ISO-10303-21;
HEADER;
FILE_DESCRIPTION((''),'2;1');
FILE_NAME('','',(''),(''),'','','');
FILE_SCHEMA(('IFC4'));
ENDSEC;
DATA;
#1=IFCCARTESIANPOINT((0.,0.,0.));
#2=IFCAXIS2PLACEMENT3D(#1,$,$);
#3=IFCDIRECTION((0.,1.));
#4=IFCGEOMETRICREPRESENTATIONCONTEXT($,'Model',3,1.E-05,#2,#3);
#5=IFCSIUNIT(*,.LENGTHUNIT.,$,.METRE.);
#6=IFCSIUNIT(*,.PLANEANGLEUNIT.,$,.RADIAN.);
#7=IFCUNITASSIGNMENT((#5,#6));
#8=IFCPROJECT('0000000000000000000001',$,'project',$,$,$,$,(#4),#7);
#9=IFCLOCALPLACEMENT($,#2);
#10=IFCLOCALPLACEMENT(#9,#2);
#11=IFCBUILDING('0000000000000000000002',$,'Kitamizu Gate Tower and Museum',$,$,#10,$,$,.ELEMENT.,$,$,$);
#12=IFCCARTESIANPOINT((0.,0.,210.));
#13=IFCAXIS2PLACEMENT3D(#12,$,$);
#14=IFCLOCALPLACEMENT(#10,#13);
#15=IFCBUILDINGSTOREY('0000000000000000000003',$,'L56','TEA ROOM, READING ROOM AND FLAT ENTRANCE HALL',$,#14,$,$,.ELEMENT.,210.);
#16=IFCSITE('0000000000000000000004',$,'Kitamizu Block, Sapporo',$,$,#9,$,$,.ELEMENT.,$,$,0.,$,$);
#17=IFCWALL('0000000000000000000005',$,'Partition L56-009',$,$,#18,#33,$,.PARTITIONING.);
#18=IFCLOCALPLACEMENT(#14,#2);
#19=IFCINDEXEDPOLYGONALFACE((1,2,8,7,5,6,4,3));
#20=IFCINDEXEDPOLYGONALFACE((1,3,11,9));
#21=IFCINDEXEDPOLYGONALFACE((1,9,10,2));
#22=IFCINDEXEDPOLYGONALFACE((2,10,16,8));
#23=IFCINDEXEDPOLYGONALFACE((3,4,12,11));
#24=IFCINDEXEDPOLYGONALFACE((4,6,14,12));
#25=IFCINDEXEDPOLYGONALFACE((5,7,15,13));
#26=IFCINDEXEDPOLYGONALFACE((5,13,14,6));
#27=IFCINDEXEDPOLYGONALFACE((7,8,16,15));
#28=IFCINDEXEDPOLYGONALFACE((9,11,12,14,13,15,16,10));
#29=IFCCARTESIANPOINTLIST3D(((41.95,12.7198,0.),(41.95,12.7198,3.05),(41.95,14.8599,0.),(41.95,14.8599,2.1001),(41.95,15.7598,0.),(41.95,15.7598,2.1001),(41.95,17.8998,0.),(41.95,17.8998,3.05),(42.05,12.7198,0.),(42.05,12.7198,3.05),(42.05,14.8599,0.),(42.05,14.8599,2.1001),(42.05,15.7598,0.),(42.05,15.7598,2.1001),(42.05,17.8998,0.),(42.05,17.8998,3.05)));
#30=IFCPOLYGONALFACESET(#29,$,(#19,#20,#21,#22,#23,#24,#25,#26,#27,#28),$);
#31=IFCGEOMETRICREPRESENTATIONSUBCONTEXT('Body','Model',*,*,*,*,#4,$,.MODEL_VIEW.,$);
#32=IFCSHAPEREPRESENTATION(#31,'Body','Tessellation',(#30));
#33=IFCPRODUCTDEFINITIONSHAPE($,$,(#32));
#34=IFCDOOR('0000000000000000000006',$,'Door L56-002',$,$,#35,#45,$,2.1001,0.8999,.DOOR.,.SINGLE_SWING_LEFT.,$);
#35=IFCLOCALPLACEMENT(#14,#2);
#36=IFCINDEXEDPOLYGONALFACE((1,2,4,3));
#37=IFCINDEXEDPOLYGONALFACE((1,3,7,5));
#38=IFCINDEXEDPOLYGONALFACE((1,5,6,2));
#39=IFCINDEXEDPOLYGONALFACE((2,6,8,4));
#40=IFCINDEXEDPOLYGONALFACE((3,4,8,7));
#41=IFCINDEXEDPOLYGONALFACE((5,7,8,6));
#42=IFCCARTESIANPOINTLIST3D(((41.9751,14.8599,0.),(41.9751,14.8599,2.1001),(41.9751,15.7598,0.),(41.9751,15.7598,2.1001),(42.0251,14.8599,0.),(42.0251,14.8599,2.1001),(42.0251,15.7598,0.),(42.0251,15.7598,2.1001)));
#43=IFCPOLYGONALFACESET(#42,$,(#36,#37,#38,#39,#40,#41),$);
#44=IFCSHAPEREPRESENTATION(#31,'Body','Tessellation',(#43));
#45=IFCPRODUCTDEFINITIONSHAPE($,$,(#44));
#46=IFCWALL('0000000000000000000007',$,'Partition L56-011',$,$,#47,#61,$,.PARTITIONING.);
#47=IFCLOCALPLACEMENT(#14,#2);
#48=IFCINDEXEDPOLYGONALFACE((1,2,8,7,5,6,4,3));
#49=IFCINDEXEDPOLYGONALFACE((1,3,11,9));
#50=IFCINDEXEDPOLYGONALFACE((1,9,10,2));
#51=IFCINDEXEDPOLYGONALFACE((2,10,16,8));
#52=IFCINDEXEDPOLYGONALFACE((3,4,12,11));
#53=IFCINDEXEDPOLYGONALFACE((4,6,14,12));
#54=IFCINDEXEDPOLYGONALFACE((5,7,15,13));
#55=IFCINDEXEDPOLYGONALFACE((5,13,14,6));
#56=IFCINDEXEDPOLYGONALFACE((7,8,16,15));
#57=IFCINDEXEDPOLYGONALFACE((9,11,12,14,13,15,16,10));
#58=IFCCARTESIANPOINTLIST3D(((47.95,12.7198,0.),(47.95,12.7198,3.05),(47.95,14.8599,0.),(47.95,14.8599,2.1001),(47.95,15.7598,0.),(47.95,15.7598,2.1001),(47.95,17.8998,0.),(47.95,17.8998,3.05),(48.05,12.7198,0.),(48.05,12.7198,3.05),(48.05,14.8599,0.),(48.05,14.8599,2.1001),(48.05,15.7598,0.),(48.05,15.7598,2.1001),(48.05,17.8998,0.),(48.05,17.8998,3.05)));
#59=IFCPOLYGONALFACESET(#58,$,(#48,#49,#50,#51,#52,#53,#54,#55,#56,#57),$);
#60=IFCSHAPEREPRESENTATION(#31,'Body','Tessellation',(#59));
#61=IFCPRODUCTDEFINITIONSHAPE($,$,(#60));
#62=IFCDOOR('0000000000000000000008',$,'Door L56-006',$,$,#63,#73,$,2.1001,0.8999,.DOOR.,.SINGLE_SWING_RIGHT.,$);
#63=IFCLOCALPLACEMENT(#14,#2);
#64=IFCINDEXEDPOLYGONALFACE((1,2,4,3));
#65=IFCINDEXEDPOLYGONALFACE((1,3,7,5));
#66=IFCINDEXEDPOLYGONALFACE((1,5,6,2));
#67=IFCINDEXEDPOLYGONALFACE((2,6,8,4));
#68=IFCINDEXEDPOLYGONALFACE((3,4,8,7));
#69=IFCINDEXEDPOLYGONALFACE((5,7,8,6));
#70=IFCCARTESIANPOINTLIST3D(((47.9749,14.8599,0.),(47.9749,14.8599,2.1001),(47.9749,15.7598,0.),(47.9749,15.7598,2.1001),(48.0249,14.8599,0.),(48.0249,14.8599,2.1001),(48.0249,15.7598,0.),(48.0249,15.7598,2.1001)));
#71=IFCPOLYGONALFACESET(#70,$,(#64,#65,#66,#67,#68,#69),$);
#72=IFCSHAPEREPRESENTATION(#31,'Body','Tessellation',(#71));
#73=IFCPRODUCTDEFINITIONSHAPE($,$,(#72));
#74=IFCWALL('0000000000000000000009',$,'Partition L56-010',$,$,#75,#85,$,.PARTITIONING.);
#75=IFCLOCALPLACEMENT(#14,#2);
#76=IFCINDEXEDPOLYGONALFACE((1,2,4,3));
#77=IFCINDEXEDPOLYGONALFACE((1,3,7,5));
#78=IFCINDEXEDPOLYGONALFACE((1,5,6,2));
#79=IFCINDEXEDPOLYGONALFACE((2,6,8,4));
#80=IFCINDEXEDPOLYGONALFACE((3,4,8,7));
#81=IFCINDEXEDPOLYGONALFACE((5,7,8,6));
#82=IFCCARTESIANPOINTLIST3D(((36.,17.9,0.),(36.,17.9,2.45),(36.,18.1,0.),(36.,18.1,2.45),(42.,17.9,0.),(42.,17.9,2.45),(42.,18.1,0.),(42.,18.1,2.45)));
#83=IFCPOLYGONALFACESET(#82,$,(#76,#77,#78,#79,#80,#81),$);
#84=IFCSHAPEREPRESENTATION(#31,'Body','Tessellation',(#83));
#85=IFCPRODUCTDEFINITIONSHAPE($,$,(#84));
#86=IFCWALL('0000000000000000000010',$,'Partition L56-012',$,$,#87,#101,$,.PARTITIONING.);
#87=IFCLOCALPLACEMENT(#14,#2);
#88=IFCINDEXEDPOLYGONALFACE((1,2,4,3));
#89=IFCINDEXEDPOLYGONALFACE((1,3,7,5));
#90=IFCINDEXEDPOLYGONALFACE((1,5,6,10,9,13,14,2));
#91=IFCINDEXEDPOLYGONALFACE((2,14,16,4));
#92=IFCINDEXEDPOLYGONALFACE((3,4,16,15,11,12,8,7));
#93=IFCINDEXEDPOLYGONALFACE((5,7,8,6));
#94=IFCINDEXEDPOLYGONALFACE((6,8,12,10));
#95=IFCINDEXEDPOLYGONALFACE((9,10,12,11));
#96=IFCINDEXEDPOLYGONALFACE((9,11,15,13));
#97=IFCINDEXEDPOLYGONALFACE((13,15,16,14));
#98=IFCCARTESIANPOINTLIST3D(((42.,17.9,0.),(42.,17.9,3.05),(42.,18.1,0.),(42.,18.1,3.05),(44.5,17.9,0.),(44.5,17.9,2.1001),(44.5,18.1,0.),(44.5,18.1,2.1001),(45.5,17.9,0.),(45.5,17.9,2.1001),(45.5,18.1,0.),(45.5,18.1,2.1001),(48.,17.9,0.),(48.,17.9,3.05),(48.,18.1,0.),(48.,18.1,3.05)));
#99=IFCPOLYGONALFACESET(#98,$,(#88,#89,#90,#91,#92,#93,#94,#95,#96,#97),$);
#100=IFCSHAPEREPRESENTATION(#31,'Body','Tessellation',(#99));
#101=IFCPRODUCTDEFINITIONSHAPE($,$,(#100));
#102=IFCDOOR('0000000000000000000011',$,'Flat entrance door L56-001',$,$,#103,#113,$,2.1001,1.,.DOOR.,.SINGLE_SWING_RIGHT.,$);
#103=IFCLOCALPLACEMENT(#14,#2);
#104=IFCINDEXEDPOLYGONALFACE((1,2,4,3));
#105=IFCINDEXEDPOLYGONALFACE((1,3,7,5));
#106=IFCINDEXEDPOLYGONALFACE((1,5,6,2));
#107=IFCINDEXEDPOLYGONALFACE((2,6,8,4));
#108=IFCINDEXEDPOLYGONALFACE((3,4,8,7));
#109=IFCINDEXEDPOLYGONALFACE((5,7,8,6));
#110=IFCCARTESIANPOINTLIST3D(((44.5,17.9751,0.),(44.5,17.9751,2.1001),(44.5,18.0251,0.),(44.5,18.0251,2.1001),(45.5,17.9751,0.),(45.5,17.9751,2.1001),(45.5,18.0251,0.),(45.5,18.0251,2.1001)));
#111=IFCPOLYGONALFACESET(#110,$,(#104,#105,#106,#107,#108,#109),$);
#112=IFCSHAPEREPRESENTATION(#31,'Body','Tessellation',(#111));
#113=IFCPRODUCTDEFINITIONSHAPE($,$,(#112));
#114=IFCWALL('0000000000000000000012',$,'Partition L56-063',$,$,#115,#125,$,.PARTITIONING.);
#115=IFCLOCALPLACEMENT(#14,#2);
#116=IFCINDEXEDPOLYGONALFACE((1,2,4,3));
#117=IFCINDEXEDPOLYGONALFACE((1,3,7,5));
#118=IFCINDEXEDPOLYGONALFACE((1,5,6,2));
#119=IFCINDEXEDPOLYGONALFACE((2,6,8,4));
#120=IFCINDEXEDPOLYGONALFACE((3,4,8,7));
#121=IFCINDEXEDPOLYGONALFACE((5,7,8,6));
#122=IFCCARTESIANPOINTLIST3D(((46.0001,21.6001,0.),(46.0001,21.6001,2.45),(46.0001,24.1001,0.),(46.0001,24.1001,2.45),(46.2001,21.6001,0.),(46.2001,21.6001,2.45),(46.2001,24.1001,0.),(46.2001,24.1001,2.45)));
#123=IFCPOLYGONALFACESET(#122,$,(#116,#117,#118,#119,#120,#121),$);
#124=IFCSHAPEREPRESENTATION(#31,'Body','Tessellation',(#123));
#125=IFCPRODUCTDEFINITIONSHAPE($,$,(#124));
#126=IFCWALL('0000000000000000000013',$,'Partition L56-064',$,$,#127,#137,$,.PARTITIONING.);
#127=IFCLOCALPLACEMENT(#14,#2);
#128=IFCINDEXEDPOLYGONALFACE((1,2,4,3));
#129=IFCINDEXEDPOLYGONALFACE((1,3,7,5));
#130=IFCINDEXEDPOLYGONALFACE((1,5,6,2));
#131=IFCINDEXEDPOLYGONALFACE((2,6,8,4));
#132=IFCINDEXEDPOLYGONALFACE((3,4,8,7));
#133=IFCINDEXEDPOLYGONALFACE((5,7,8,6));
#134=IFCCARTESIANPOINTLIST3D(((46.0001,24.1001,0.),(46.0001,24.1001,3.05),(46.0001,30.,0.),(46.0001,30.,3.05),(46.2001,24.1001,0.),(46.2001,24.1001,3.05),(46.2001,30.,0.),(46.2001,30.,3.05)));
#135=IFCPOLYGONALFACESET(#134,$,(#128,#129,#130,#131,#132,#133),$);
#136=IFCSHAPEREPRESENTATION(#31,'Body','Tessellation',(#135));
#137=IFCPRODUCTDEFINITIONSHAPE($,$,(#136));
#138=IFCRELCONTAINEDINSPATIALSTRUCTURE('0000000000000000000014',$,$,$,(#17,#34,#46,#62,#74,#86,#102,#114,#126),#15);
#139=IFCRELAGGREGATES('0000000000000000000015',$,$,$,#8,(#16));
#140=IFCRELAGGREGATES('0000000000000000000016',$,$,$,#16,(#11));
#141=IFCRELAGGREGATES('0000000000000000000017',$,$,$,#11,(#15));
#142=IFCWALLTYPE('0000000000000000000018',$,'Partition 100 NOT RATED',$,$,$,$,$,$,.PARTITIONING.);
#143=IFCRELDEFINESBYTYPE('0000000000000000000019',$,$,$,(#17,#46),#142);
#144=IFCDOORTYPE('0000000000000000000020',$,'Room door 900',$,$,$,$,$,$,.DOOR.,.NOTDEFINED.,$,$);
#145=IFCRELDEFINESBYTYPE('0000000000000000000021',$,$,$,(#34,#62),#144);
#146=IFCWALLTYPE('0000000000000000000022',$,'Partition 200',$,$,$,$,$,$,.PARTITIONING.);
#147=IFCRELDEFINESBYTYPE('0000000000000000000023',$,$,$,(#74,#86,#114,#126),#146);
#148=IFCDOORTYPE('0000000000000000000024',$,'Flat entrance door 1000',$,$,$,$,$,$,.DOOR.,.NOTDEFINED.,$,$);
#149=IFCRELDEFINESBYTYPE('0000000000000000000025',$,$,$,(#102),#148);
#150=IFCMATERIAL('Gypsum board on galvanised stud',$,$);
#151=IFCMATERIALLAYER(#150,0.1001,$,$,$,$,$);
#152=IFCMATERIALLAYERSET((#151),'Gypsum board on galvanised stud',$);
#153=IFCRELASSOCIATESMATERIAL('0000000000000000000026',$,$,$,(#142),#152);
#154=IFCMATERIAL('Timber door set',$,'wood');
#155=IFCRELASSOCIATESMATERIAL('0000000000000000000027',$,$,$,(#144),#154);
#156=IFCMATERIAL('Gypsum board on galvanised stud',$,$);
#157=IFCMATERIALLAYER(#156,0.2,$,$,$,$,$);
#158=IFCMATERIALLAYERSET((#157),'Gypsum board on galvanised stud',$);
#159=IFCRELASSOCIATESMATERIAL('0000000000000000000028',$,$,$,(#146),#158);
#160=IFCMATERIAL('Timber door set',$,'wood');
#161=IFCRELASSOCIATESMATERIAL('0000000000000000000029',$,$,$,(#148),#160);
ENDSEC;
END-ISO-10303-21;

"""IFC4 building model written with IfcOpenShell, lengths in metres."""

from ifc_helpers import new_model, si_unit, direction, frame, frame_2d, origin, place, context, subcontext, project, spatial, rectangle, extrude, material, layer, layer_set, type_object, element, fill, save


model = new_model("IFC4")

# Units and contexts
model_context = context("Model", 3, precision=1e-05, world=origin(), true_north=direction((0.0, 1.0)))
body_context = subcontext(model_context, "Body", "Model", "MODEL_VIEW")
ifc_project = project(units=[si_unit("LENGTHUNIT", "METRE"), si_unit("PLANEANGLEUNIT", "RADIAN")], contexts=[model_context])

# Site, building, storey
site_placement = place(None, origin())
site = spatial("IfcSite", under=ifc_project, at=site_placement, Name="Kitamizu Block, Sapporo", CompositionType="ELEMENT", RefElevation=0.0)
building_placement = place(site_placement, origin())
building = spatial("IfcBuilding", under=site, at=building_placement, Name="Kitamizu Gate Tower and Museum", CompositionType="ELEMENT")
storey_placement = place(building_placement, frame((0.0, 0.0, 210.0)))
storey = spatial("IfcBuildingStorey", under=building, at=storey_placement, Name="L56", Description="TEA ROOM, READING ROOM AND FLAT ENTRANCE HALL", CompositionType="ELEMENT", Elevation=210.0)

# Walls, openings, doors
ifc_material_1 = material(Name="Gypsum board on galvanised stud")
ifc_layer_1 = layer(ifc_material_1, 0.1001)
ifc_layer_set_1 = layer_set([ifc_layer_1], Name="Gypsum board on galvanised stud")
wall_type_1 = type_object("IfcWallType", Name="Partition 100 NOT RATED", PredefinedType="PARTITIONING", material=ifc_layer_set_1)
wall_1_placement = place(storey_placement, frame((42.0, 12.72, 0.0), z_axis=(0.0, 0.0, 1.0), x_axis=(0.0, 1.0, 0.0)))
wall_1 = element("IfcWall", 1, at=wall_1_placement, inside=storey, type_object=wall_type_1, Name="Partition L56-009", PredefinedType="PARTITIONING", context=body_context, shape_type="SweptSolid", body=[
    extrude(rectangle(XDim=5.1799, YDim=0.1001, at=frame_2d((2.5898, 0.0))), origin(), (0.0, 0.0, 1.0), 3.05),
])
opening_1_placement = place(wall_1_placement, frame((2.1399, 0.0, 0.0)))
opening_1 = element("IfcOpeningElement", 2, at=opening_1_placement, cuts=wall_1, PredefinedType="OPENING", context=body_context, shape_type="SweptSolid", body=[
    extrude(rectangle(XDim=0.8999, YDim=2.1001, at=frame_2d((0.45, 1.05))), frame((0.0, 0.0601, 0.0), z_axis=(0.0, -1.0, 0.0), x_axis=(1.0, 0.0, 0.0)), (0.0, 0.0, 1.0), 0.1201),
])
ifc_material_2 = material(Name="Timber door set", Category="wood")
door_type_1 = type_object("IfcDoorType", Name="Room door 900", OperationType="NOTDEFINED", PredefinedType="DOOR", material=ifc_material_2)
door_1_placement = place(opening_1_placement, origin())
door_1 = element("IfcDoor", 3, at=door_1_placement, inside=storey, type_object=door_type_1, Name="Door L56-002", OperationType="SINGLE_SWING_LEFT", OverallHeight=2.1001, OverallWidth=0.8999, PredefinedType="DOOR", context=body_context, shape_type="SweptSolid", body=[
    extrude(rectangle(XDim=0.8999, YDim=2.1001, at=frame_2d((0.45, 1.05))), frame((0.0, 0.0249, 0.0), z_axis=(0.0, -1.0, 0.0), x_axis=(1.0, 0.0, 0.0)), (0.0, 0.0, 1.0), 0.05),
])
fill(opening_1, door_1)
wall_2_placement = place(storey_placement, frame((48.0, 12.72, 0.0), z_axis=(0.0, 0.0, 1.0), x_axis=(0.0, 1.0, 0.0)))
wall_2 = element("IfcWall", 4, at=wall_2_placement, inside=storey, type_object=wall_type_1, Name="Partition L56-011", PredefinedType="PARTITIONING", context=body_context, shape_type="SweptSolid", body=[
    extrude(rectangle(XDim=5.1799, YDim=0.1001, at=frame_2d((2.5898, 0.0))), origin(), (0.0, 0.0, 1.0), 3.05),
])
opening_2_placement = place(wall_2_placement, frame((2.1399, 0.0, 0.0)))
opening_2 = element("IfcOpeningElement", 5, at=opening_2_placement, cuts=wall_2, PredefinedType="OPENING", context=body_context, shape_type="SweptSolid", body=[
    extrude(rectangle(XDim=0.8999, YDim=2.1001, at=frame_2d((0.45, 1.05))), frame((0.0, 0.0601, 0.0), z_axis=(0.0, -1.0, 0.0), x_axis=(1.0, 0.0, 0.0)), (0.0, 0.0, 1.0), 0.1201),
])
door_2_placement = place(opening_2_placement, frame((0.8999, 0.0, 0.0), x_axis=(-1.0, 0.0, 0.0)))
door_2 = element("IfcDoor", 6, at=door_2_placement, inside=storey, type_object=door_type_1, Name="Door L56-006", OperationType="SINGLE_SWING_RIGHT", OverallHeight=2.1001, OverallWidth=0.8999, PredefinedType="DOOR", context=body_context, shape_type="SweptSolid", body=[
    extrude(rectangle(XDim=0.8999, YDim=2.1001, at=frame_2d((0.45, 1.05))), frame((0.0, 0.0249, 0.0), z_axis=(0.0, -1.0, 0.0), x_axis=(1.0, 0.0, 0.0)), (0.0, 0.0, 1.0), 0.05),
])
fill(opening_2, door_2)

# Wall
ifc_material_3 = material(Name="Gypsum board on galvanised stud")
ifc_layer_2 = layer(ifc_material_3, 0.2)
ifc_layer_set_2 = layer_set([ifc_layer_2], Name="Gypsum board on galvanised stud")
wall_type_2 = type_object("IfcWallType", Name="Partition 200", PredefinedType="PARTITIONING", material=ifc_layer_set_2)
wall_3_placement = place(storey_placement, frame((42.0, 18.0, 0.0), z_axis=(0.0, 0.0, 1.0), x_axis=(-1.0, 0.0, 0.0)))
element("IfcWall", 7, at=wall_3_placement, inside=storey, type_object=wall_type_2, Name="Partition L56-010", PredefinedType="PARTITIONING", context=body_context, shape_type="SweptSolid", body=[
    extrude(rectangle(XDim=6.0, YDim=0.2, at=frame_2d((3.0, 0.0))), origin(), (0.0, 0.0, 1.0), 2.45),
])

# Wall, opening, door
wall_4_placement = place(storey_placement, frame((48.0, 18.0, 0.0), z_axis=(0.0, 0.0, 1.0), x_axis=(-1.0, 0.0, 0.0)))
wall_4 = element("IfcWall", 8, at=wall_4_placement, inside=storey, type_object=wall_type_2, Name="Partition L56-012", PredefinedType="PARTITIONING", context=body_context, shape_type="SweptSolid", body=[
    extrude(rectangle(XDim=6.0, YDim=0.2, at=frame_2d((3.0, 0.0))), origin(), (0.0, 0.0, 1.0), 3.05),
])
opening_3_placement = place(wall_4_placement, frame((2.5, 0.0, 0.0)))
opening_3 = element("IfcOpeningElement", 9, at=opening_3_placement, cuts=wall_4, PredefinedType="OPENING", context=body_context, shape_type="SweptSolid", body=[
    extrude(rectangle(XDim=1.0, YDim=2.1001, at=frame_2d((0.5, 1.05))), frame((0.0, 0.1099, 0.0), z_axis=(0.0, -1.0, 0.0), x_axis=(1.0, 0.0, 0.0)), (0.0, 0.0, 1.0), 0.22),
])
ifc_material_4 = material(Name="Timber door set", Category="wood")
door_type_2 = type_object("IfcDoorType", Name="Flat entrance door 1000", OperationType="NOTDEFINED", PredefinedType="DOOR", material=ifc_material_4)
door_3_placement = place(opening_3_placement, origin())
door_3 = element("IfcDoor", 10, at=door_3_placement, inside=storey, type_object=door_type_2, Name="Flat entrance door L56-001", OperationType="SINGLE_SWING_RIGHT", OverallHeight=2.1001, OverallWidth=1.0, PredefinedType="DOOR", context=body_context, shape_type="SweptSolid", body=[
    extrude(rectangle(XDim=1.0, YDim=2.1001, at=frame_2d((0.5, 1.05))), frame((0.0, 0.0249, 0.0), z_axis=(0.0, -1.0, 0.0), x_axis=(1.0, 0.0, 0.0)), (0.0, 0.0, 1.0), 0.05),
])
fill(opening_3, door_3)

# Walls
wall_5_placement = place(storey_placement, frame((46.1001, 21.6001, 0.0), z_axis=(0.0, 0.0, 1.0), x_axis=(0.0, 1.0, 0.0)))
element("IfcWall", 11, at=wall_5_placement, inside=storey, type_object=wall_type_2, Name="Partition L56-063", PredefinedType="PARTITIONING", context=body_context, shape_type="SweptSolid", body=[
    extrude(rectangle(XDim=2.5, YDim=0.2, at=frame_2d((1.25, 0.0))), origin(), (0.0, 0.0, 1.0), 2.45),
])
wall_6_placement = place(storey_placement, frame((46.1001, 24.1001, 0.0), z_axis=(0.0, 0.0, 1.0), x_axis=(0.0, 1.0, 0.0)))
element("IfcWall", 12, at=wall_6_placement, inside=storey, type_object=wall_type_2, Name="Partition L56-064", PredefinedType="PARTITIONING", context=body_context, shape_type="SweptSolid", body=[
    extrude(rectangle(XDim=5.8999, YDim=0.2, at=frame_2d((2.95, 0.0))), origin(), (0.0, 0.0, 1.0), 3.05),
])

save(model, "model.ifc")
